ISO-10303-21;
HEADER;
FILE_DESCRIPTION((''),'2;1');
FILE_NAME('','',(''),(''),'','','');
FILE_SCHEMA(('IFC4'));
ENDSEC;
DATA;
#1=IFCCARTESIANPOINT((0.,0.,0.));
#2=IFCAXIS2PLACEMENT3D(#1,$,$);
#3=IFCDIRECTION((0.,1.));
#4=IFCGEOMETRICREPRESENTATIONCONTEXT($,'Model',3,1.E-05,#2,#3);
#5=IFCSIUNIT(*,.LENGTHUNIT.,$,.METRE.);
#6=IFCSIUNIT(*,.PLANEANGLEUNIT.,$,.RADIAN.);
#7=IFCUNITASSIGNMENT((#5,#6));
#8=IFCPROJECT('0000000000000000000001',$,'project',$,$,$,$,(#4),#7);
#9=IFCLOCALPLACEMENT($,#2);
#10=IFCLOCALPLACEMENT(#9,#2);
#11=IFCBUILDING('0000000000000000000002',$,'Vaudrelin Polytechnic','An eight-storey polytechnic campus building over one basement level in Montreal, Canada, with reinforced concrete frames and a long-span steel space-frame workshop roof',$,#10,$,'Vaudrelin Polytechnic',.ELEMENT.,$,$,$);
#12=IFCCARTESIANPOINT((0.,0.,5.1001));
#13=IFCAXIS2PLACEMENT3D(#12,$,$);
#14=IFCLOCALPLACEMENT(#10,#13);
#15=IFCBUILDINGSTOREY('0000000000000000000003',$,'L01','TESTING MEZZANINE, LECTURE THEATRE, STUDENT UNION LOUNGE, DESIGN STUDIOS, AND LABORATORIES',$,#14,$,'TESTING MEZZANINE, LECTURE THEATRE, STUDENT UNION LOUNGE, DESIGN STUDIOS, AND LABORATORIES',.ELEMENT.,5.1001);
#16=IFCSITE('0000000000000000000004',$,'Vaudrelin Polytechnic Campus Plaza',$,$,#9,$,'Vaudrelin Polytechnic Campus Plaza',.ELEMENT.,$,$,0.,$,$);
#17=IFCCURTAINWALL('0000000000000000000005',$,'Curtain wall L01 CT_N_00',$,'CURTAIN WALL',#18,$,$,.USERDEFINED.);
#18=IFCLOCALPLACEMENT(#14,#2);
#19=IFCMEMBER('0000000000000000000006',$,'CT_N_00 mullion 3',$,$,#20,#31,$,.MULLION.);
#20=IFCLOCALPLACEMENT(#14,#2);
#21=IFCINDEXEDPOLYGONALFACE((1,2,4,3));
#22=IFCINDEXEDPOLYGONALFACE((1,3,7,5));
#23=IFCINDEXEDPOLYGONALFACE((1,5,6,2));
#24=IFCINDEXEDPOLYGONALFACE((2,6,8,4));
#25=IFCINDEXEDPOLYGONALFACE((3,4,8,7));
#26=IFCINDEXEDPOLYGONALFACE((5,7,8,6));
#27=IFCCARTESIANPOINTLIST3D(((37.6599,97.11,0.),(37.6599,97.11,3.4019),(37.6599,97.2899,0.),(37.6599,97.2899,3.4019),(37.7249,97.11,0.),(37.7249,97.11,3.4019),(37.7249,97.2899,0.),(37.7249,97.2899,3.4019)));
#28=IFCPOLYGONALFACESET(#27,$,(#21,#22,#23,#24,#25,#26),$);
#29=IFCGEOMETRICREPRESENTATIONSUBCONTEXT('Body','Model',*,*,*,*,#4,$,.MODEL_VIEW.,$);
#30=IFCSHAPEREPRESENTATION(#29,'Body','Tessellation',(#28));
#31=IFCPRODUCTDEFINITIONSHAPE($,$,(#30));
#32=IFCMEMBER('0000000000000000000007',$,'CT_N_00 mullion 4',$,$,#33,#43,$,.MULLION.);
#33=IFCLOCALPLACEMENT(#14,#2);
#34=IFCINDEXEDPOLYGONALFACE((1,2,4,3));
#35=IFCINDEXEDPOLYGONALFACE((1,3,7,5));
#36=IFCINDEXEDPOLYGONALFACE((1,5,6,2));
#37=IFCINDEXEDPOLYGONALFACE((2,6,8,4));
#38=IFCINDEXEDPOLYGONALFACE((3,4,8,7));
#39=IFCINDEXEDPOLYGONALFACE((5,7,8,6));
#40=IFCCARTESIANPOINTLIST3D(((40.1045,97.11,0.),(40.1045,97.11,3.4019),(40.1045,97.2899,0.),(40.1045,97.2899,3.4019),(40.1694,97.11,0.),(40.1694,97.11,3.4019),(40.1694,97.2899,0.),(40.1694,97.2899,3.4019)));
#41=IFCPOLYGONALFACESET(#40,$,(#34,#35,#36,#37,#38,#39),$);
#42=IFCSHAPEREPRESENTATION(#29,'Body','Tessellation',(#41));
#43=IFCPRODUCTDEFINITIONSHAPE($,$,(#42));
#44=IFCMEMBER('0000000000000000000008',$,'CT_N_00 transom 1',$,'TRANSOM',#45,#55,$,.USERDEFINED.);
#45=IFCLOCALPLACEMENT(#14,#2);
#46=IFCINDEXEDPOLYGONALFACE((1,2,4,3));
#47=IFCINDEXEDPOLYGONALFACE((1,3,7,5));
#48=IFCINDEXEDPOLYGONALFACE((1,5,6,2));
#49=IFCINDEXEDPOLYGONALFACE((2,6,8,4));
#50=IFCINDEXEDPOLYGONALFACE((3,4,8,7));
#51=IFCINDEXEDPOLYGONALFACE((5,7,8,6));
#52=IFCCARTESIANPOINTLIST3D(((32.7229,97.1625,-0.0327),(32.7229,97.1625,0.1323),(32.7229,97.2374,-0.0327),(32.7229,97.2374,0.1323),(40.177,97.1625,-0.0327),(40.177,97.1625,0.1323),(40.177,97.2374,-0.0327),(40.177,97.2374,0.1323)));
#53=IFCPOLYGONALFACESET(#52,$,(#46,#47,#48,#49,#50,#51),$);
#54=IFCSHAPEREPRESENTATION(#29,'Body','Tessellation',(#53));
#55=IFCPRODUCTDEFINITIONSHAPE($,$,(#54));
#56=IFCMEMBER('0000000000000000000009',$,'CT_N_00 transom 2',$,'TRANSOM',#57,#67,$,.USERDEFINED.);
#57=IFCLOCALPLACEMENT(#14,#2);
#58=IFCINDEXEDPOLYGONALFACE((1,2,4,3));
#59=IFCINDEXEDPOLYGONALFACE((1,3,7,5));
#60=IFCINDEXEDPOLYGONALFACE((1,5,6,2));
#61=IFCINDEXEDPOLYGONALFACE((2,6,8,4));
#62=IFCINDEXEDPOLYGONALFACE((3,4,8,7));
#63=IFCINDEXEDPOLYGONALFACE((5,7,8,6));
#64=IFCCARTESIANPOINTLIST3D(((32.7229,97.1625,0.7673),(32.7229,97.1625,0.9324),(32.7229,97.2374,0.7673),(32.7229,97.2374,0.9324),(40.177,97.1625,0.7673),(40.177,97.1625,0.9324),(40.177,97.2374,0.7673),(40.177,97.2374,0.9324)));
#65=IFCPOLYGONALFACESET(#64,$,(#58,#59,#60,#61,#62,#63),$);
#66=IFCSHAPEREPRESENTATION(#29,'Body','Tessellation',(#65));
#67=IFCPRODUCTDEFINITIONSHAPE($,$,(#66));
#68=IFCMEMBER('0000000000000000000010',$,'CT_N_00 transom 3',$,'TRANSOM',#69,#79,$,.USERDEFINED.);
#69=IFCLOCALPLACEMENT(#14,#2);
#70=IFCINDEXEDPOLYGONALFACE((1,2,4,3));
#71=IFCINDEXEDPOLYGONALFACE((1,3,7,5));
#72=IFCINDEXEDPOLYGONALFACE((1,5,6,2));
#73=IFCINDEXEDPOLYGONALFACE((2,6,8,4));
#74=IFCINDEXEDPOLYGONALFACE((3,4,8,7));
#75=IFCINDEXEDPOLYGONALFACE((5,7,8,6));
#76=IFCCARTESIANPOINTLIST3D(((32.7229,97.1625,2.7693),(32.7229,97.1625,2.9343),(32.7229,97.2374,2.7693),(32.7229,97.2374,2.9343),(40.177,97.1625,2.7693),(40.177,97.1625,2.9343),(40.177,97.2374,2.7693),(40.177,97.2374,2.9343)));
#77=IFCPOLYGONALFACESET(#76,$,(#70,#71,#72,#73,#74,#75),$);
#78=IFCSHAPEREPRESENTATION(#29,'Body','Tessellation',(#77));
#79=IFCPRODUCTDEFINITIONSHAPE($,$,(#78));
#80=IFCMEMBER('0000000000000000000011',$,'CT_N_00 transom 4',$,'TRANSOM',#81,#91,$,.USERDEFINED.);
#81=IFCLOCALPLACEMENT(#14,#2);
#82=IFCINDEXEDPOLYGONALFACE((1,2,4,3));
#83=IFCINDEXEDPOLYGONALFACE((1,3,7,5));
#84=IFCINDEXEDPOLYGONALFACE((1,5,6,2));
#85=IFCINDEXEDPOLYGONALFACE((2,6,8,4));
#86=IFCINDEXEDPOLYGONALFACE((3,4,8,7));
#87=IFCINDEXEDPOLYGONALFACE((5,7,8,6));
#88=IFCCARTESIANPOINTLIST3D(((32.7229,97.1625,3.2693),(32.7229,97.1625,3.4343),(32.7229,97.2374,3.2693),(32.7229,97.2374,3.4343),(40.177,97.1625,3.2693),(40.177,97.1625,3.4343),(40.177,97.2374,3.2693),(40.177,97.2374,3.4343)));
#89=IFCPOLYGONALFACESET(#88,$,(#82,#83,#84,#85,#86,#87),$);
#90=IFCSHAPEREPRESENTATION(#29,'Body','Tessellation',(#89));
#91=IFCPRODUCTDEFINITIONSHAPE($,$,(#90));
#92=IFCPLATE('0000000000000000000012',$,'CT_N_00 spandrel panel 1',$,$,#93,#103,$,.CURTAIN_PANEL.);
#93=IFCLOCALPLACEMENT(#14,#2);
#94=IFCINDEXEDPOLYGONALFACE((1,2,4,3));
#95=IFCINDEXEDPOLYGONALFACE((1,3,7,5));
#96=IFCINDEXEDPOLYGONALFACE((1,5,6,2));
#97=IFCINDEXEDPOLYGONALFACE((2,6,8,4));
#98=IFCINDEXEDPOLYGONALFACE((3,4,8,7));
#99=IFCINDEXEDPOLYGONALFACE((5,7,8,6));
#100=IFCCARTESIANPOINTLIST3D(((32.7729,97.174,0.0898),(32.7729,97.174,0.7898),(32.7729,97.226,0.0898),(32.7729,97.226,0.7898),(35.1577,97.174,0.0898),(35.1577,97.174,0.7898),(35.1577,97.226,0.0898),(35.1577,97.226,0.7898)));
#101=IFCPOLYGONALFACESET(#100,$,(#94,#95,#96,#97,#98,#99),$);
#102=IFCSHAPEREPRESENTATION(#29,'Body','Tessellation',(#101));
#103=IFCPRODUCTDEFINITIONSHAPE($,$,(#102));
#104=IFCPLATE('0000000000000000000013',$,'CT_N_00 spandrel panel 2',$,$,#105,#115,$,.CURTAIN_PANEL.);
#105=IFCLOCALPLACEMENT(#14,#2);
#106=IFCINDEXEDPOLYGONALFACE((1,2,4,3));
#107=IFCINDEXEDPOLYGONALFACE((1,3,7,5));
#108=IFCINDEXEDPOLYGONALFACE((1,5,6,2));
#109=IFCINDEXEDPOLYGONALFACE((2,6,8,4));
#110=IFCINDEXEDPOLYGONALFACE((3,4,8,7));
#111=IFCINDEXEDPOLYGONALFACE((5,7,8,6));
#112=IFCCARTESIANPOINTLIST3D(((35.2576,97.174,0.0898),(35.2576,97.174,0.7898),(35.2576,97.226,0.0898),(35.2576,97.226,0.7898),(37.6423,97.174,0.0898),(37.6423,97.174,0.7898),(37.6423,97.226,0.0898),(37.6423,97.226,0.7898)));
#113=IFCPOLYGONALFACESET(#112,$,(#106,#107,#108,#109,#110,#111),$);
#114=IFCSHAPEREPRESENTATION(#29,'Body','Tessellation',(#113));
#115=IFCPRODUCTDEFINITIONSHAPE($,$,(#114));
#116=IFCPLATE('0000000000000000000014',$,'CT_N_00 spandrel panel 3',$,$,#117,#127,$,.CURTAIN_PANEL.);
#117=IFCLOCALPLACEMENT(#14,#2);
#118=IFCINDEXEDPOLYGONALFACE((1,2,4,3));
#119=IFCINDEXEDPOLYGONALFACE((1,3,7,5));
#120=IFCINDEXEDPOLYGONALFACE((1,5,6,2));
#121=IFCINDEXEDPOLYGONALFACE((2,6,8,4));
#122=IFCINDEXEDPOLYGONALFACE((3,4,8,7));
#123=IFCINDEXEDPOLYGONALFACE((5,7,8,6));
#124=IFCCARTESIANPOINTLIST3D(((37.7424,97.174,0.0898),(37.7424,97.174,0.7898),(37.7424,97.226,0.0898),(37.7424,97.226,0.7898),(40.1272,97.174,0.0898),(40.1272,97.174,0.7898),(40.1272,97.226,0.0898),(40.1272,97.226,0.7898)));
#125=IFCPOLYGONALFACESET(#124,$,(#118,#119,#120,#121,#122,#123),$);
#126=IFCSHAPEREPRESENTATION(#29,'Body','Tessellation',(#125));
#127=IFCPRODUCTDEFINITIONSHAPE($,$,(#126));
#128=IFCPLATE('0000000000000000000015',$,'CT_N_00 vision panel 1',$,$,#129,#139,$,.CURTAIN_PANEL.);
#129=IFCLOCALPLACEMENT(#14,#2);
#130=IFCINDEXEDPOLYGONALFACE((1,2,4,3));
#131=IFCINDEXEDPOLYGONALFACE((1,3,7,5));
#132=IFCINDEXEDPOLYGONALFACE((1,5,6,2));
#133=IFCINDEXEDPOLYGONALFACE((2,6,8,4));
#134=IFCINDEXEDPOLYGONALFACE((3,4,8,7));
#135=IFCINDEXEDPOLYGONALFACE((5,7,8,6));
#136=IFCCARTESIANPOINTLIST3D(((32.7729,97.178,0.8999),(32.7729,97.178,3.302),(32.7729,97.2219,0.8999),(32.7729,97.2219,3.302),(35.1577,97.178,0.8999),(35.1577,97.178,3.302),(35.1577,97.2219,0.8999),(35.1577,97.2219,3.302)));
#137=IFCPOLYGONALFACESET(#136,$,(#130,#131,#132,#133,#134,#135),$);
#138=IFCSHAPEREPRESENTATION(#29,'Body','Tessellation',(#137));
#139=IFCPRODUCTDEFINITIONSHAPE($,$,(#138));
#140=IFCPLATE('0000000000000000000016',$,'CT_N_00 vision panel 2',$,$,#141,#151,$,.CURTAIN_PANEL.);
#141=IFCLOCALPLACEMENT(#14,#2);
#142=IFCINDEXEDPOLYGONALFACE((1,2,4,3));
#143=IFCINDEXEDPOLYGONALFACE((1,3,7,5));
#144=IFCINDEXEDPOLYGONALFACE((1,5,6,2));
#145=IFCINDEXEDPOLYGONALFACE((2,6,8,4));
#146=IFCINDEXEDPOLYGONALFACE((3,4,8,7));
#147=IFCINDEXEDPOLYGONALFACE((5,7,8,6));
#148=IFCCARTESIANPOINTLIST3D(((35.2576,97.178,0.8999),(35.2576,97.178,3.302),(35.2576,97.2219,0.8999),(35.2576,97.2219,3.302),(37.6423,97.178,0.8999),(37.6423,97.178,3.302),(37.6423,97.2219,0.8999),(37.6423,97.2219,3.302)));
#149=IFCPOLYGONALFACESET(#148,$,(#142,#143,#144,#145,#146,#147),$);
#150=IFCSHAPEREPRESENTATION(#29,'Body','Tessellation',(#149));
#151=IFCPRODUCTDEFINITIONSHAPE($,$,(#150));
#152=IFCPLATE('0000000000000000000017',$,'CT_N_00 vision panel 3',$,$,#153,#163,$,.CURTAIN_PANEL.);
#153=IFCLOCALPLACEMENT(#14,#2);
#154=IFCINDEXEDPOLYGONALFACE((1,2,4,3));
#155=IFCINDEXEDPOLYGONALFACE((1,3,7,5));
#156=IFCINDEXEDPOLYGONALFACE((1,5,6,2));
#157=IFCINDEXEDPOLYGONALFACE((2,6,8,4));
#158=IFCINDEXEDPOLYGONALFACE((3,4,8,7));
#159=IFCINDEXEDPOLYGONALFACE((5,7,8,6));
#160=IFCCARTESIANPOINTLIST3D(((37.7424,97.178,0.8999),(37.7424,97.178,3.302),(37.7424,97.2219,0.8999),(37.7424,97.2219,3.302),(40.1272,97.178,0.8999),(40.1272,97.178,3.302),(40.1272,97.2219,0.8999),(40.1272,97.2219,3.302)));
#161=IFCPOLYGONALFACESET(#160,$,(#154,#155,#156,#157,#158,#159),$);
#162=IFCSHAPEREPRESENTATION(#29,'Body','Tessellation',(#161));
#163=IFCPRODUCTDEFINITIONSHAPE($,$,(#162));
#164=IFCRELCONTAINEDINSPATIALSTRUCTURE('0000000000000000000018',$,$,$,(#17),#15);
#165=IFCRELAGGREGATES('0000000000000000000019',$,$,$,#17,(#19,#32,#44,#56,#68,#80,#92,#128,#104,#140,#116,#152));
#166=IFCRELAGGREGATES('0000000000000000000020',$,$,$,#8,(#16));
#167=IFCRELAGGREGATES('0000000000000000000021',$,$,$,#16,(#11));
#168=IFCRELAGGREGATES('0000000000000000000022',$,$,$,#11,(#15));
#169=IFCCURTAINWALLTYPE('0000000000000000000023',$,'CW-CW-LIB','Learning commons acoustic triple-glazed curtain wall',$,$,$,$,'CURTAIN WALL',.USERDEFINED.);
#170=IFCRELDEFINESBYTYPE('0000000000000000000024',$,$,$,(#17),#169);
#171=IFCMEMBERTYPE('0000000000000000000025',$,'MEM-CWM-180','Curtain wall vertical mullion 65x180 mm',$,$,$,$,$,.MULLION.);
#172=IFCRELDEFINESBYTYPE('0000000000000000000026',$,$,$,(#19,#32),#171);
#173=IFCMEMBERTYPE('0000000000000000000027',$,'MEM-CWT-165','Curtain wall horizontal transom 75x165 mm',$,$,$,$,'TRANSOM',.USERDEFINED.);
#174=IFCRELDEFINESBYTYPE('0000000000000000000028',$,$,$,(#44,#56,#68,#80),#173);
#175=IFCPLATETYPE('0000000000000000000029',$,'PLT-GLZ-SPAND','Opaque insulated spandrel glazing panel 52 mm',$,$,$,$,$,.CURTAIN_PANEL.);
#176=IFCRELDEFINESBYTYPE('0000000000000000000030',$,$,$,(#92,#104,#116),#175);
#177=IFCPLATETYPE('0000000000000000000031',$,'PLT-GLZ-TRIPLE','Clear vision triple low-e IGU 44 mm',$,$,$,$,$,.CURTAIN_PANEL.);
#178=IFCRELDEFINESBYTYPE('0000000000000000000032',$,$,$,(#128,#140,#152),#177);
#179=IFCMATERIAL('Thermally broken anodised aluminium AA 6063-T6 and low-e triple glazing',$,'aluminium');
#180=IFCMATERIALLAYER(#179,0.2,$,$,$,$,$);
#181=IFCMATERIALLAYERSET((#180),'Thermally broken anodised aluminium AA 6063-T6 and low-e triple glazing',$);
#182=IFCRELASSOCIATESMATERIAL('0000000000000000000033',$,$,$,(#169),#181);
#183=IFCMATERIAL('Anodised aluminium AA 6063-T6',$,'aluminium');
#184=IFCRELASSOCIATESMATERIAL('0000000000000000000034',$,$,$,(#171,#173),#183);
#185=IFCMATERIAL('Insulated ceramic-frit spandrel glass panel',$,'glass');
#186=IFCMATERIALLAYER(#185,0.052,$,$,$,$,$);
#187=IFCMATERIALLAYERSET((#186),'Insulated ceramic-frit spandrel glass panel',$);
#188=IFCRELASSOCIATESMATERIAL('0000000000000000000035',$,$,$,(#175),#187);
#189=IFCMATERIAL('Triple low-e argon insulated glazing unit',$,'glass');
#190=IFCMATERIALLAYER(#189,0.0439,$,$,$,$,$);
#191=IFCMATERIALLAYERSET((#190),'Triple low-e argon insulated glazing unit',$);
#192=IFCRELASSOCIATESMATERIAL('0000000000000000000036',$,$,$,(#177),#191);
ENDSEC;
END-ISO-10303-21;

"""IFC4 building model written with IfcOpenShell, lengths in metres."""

from ifc_helpers import new_model, si_unit, direction, frame, origin, origin_2d, place, context, subcontext, project, spatial, rectangle, extrude, material, layer, layer_set, material_profile, profile_set, type_object, element, aggregate, save


model = new_model("IFC4")

# Units and contexts
model_context = context("Model", 3, precision=1e-05, world=origin(), true_north=direction((0.0, 1.0)))
body_context = subcontext(model_context, "Body", "Model", "MODEL_VIEW")
ifc_project = project(units=[si_unit("LENGTHUNIT", "METRE"), si_unit("PLANEANGLEUNIT", "RADIAN")], contexts=[model_context])

# Site, building, storey
site_placement = place(None, origin())
site = spatial("IfcSite", under=ifc_project, at=site_placement, Name="Vaudrelin Polytechnic Campus Plaza", LongName="Vaudrelin Polytechnic Campus Plaza", CompositionType="ELEMENT", RefElevation=0.0)
building_placement = place(site_placement, origin())
building = spatial("IfcBuilding", under=site, at=building_placement, Name="Vaudrelin Polytechnic", Description="An eight-storey polytechnic campus building over one basement level in Montreal, Canada, with reinforced concrete frames and a long-span steel space-frame workshop roof", LongName="Vaudrelin Polytechnic", CompositionType="ELEMENT")
storey_placement = place(building_placement, frame((0.0, 0.0, 5.1001)))
storey = spatial("IfcBuildingStorey", under=building, at=storey_placement, Name="L01", Description="TESTING MEZZANINE, LECTURE THEATRE, STUDENT UNION LOUNGE, DESIGN STUDIOS, AND LABORATORIES", LongName="TESTING MEZZANINE, LECTURE THEATRE, STUDENT UNION LOUNGE, DESIGN STUDIOS, AND LABORATORIES", CompositionType="ELEMENT", Elevation=5.1001)

# Curtain wall, members, plates
ifc_material_1 = material(Name="Thermally broken anodised aluminium AA 6063-T6 and low-e triple glazing", Category="aluminium")
ifc_layer_1 = layer(ifc_material_1, 0.2)
ifc_layer_set_1 = layer_set([ifc_layer_1], Name="Thermally broken anodised aluminium AA 6063-T6 and low-e triple glazing")
curtain_wall_type = type_object("IfcCurtainWallType", Name="CW-CW-LIB", Description="Learning commons acoustic triple-glazed curtain wall", ElementType="CURTAIN WALL", PredefinedType="USERDEFINED", material=ifc_layer_set_1)
curtain_wall_placement = place(storey_placement, origin())
curtain_wall = element("IfcCurtainWall", 1, at=curtain_wall_placement, inside=storey, type_object=curtain_wall_type, Name="Curtain wall L01 CT_N_00", ObjectType="CURTAIN WALL", PredefinedType="USERDEFINED")
ifc_material_2 = material(Name="Anodised aluminium AA 6063-T6", Category="aluminium")
ifc_material_profile_1 = material_profile(ifc_material_2, rectangle(XDim=0.0649, YDim=0.1799, at=origin_2d()), Name="CWM-65x180")
ifc_profile_set_1 = profile_set([ifc_material_profile_1], Name="Anodised aluminium AA 6063-T6")
member_type_1 = type_object("IfcMemberType", Name="MEM-CWM-180", Description="Curtain wall vertical mullion 65x180 mm", PredefinedType="MULLION", material=ifc_profile_set_1)
member_1_placement = place(storey_placement, frame((37.6924, 97.2, 0.0), z_axis=(0.0, 0.0, 1.0), x_axis=(1.0, 0.0, 0.0)))
member_1 = element("IfcMember", 2, at=member_1_placement, type_object=member_type_1, Name="CT_N_00 mullion 3", PredefinedType="MULLION", context=body_context, shape_type="SweptSolid", body=[
    extrude(rectangle(XDim=0.0649, YDim=0.1799, at=origin_2d()), origin(), (0.0, 0.0, 1.0), 3.4019),
])
member_2_placement = place(storey_placement, frame((40.137, 97.2, 0.0), z_axis=(0.0, 0.0, 1.0), x_axis=(1.0, 0.0, 0.0)))
member_2 = element("IfcMember", 3, at=member_2_placement, type_object=member_type_1, Name="CT_N_00 mullion 4", PredefinedType="MULLION", context=body_context, shape_type="SweptSolid", body=[
    extrude(rectangle(XDim=0.0649, YDim=0.1799, at=origin_2d()), origin(), (0.0, 0.0, 1.0), 3.4019),
])
ifc_material_profile_2 = material_profile(ifc_material_2, rectangle(XDim=0.075, YDim=0.165, at=origin_2d()), Name="CWT-75x165")
ifc_profile_set_2 = profile_set([ifc_material_profile_2], Name="Anodised aluminium AA 6063-T6")
member_type_2 = type_object("IfcMemberType", Name="MEM-CWT-165", Description="Curtain wall horizontal transom 75x165 mm", ElementType="TRANSOM", PredefinedType="USERDEFINED", material=ifc_profile_set_2)
member_3_placement = place(storey_placement, frame((32.7229, 97.2, 0.0498), z_axis=(1.0, 0.0, 0.0), x_axis=(0.0, 1.0, 0.0)))
member_3 = element("IfcMember", 4, at=member_3_placement, type_object=member_type_2, Name="CT_N_00 transom 1", ObjectType="TRANSOM", PredefinedType="USERDEFINED", context=body_context, shape_type="SweptSolid", body=[
    extrude(rectangle(XDim=0.075, YDim=0.165, at=origin_2d()), origin(), (0.0, 0.0, 1.0), 7.4541),
])
member_4_placement = place(storey_placement, frame((32.7229, 97.2, 0.8499), z_axis=(1.0, 0.0, 0.0), x_axis=(0.0, 1.0, 0.0)))
member_4 = element("IfcMember", 5, at=member_4_placement, type_object=member_type_2, Name="CT_N_00 transom 2", ObjectType="TRANSOM", PredefinedType="USERDEFINED", context=body_context, shape_type="SweptSolid", body=[
    extrude(rectangle(XDim=0.075, YDim=0.165, at=origin_2d()), origin(), (0.0, 0.0, 1.0), 7.4541),
])
member_5_placement = place(storey_placement, frame((32.7229, 97.2, 2.8518), z_axis=(1.0, 0.0, 0.0), x_axis=(0.0, 1.0, 0.0)))
member_5 = element("IfcMember", 6, at=member_5_placement, type_object=member_type_2, Name="CT_N_00 transom 3", ObjectType="TRANSOM", PredefinedType="USERDEFINED", context=body_context, shape_type="SweptSolid", body=[
    extrude(rectangle(XDim=0.075, YDim=0.165, at=origin_2d()), origin(), (0.0, 0.0, 1.0), 7.4541),
])
member_6_placement = place(storey_placement, frame((32.7229, 97.2, 3.3518), z_axis=(1.0, 0.0, 0.0), x_axis=(0.0, 1.0, 0.0)))
member_6 = element("IfcMember", 7, at=member_6_placement, type_object=member_type_2, Name="CT_N_00 transom 4", ObjectType="TRANSOM", PredefinedType="USERDEFINED", context=body_context, shape_type="SweptSolid", body=[
    extrude(rectangle(XDim=0.075, YDim=0.165, at=origin_2d()), origin(), (0.0, 0.0, 1.0), 7.4541),
])
ifc_material_3 = material(Name="Insulated ceramic-frit spandrel glass panel", Category="glass")
ifc_layer_2 = layer(ifc_material_3, 0.052)
ifc_layer_set_2 = layer_set([ifc_layer_2], Name="Insulated ceramic-frit spandrel glass panel")
plate_type_1 = type_object("IfcPlateType", Name="PLT-GLZ-SPAND", Description="Opaque insulated spandrel glazing panel 52 mm", PredefinedType="CURTAIN_PANEL", material=ifc_layer_set_2)
plate_1_placement = place(storey_placement, frame((33.9653, 97.2, 0.0898), z_axis=(0.0, 0.0, 1.0), x_axis=(1.0, 0.0, 0.0)))
plate_1 = element("IfcPlate", 8, at=plate_1_placement, type_object=plate_type_1, Name="CT_N_00 spandrel panel 1", PredefinedType="CURTAIN_PANEL", context=body_context, shape_type="SweptSolid", body=[
    extrude(rectangle(XDim=2.3848, YDim=0.052, at=origin_2d()), origin(), (0.0, 0.0, 1.0), 0.7),
])
plate_2_placement = place(storey_placement, frame((36.45, 97.2, 0.0898), z_axis=(0.0, 0.0, 1.0), x_axis=(1.0, 0.0, 0.0)))
plate_2 = element("IfcPlate", 9, at=plate_2_placement, type_object=plate_type_1, Name="CT_N_00 spandrel panel 2", PredefinedType="CURTAIN_PANEL", context=body_context, shape_type="SweptSolid", body=[
    extrude(rectangle(XDim=2.3848, YDim=0.052, at=origin_2d()), origin(), (0.0, 0.0, 1.0), 0.7),
])
plate_3_placement = place(storey_placement, frame((38.9348, 97.2, 0.0898), z_axis=(0.0, 0.0, 1.0), x_axis=(1.0, 0.0, 0.0)))
plate_3 = element("IfcPlate", 10, at=plate_3_placement, type_object=plate_type_1, Name="CT_N_00 spandrel panel 3", PredefinedType="CURTAIN_PANEL", context=body_context, shape_type="SweptSolid", body=[
    extrude(rectangle(XDim=2.3848, YDim=0.052, at=origin_2d()), origin(), (0.0, 0.0, 1.0), 0.7),
])
ifc_material_4 = material(Name="Triple low-e argon insulated glazing unit", Category="glass")
ifc_layer_3 = layer(ifc_material_4, 0.0439)
ifc_layer_set_3 = layer_set([ifc_layer_3], Name="Triple low-e argon insulated glazing unit")
plate_type_2 = type_object("IfcPlateType", Name="PLT-GLZ-TRIPLE", Description="Clear vision triple low-e IGU 44 mm", PredefinedType="CURTAIN_PANEL", material=ifc_layer_set_3)
plate_4_placement = place(storey_placement, frame((33.9653, 97.2, 0.8999), z_axis=(0.0, 0.0, 1.0), x_axis=(1.0, 0.0, 0.0)))
plate_4 = element("IfcPlate", 11, at=plate_4_placement, type_object=plate_type_2, Name="CT_N_00 vision panel 1", PredefinedType="CURTAIN_PANEL", context=body_context, shape_type="SweptSolid", body=[
    extrude(rectangle(XDim=2.3848, YDim=0.0439, at=origin_2d()), origin(), (0.0, 0.0, 1.0), 2.4021),
])
plate_5_placement = place(storey_placement, frame((36.45, 97.2, 0.8999), z_axis=(0.0, 0.0, 1.0), x_axis=(1.0, 0.0, 0.0)))
plate_5 = element("IfcPlate", 12, at=plate_5_placement, type_object=plate_type_2, Name="CT_N_00 vision panel 2", PredefinedType="CURTAIN_PANEL", context=body_context, shape_type="SweptSolid", body=[
    extrude(rectangle(XDim=2.3848, YDim=0.0439, at=origin_2d()), origin(), (0.0, 0.0, 1.0), 2.4021),
])
plate_6_placement = place(storey_placement, frame((38.9348, 97.2, 0.8999), z_axis=(0.0, 0.0, 1.0), x_axis=(1.0, 0.0, 0.0)))
plate_6 = element("IfcPlate", 13, at=plate_6_placement, type_object=plate_type_2, Name="CT_N_00 vision panel 3", PredefinedType="CURTAIN_PANEL", context=body_context, shape_type="SweptSolid", body=[
    extrude(rectangle(XDim=2.3848, YDim=0.0439, at=origin_2d()), origin(), (0.0, 0.0, 1.0), 2.4021),
])
aggregate(curtain_wall, [member_1, member_2, member_3, member_4, member_5, member_6, plate_1, plate_4, plate_2, plate_5, plate_3, plate_6])

save(model, "model.ifc")
